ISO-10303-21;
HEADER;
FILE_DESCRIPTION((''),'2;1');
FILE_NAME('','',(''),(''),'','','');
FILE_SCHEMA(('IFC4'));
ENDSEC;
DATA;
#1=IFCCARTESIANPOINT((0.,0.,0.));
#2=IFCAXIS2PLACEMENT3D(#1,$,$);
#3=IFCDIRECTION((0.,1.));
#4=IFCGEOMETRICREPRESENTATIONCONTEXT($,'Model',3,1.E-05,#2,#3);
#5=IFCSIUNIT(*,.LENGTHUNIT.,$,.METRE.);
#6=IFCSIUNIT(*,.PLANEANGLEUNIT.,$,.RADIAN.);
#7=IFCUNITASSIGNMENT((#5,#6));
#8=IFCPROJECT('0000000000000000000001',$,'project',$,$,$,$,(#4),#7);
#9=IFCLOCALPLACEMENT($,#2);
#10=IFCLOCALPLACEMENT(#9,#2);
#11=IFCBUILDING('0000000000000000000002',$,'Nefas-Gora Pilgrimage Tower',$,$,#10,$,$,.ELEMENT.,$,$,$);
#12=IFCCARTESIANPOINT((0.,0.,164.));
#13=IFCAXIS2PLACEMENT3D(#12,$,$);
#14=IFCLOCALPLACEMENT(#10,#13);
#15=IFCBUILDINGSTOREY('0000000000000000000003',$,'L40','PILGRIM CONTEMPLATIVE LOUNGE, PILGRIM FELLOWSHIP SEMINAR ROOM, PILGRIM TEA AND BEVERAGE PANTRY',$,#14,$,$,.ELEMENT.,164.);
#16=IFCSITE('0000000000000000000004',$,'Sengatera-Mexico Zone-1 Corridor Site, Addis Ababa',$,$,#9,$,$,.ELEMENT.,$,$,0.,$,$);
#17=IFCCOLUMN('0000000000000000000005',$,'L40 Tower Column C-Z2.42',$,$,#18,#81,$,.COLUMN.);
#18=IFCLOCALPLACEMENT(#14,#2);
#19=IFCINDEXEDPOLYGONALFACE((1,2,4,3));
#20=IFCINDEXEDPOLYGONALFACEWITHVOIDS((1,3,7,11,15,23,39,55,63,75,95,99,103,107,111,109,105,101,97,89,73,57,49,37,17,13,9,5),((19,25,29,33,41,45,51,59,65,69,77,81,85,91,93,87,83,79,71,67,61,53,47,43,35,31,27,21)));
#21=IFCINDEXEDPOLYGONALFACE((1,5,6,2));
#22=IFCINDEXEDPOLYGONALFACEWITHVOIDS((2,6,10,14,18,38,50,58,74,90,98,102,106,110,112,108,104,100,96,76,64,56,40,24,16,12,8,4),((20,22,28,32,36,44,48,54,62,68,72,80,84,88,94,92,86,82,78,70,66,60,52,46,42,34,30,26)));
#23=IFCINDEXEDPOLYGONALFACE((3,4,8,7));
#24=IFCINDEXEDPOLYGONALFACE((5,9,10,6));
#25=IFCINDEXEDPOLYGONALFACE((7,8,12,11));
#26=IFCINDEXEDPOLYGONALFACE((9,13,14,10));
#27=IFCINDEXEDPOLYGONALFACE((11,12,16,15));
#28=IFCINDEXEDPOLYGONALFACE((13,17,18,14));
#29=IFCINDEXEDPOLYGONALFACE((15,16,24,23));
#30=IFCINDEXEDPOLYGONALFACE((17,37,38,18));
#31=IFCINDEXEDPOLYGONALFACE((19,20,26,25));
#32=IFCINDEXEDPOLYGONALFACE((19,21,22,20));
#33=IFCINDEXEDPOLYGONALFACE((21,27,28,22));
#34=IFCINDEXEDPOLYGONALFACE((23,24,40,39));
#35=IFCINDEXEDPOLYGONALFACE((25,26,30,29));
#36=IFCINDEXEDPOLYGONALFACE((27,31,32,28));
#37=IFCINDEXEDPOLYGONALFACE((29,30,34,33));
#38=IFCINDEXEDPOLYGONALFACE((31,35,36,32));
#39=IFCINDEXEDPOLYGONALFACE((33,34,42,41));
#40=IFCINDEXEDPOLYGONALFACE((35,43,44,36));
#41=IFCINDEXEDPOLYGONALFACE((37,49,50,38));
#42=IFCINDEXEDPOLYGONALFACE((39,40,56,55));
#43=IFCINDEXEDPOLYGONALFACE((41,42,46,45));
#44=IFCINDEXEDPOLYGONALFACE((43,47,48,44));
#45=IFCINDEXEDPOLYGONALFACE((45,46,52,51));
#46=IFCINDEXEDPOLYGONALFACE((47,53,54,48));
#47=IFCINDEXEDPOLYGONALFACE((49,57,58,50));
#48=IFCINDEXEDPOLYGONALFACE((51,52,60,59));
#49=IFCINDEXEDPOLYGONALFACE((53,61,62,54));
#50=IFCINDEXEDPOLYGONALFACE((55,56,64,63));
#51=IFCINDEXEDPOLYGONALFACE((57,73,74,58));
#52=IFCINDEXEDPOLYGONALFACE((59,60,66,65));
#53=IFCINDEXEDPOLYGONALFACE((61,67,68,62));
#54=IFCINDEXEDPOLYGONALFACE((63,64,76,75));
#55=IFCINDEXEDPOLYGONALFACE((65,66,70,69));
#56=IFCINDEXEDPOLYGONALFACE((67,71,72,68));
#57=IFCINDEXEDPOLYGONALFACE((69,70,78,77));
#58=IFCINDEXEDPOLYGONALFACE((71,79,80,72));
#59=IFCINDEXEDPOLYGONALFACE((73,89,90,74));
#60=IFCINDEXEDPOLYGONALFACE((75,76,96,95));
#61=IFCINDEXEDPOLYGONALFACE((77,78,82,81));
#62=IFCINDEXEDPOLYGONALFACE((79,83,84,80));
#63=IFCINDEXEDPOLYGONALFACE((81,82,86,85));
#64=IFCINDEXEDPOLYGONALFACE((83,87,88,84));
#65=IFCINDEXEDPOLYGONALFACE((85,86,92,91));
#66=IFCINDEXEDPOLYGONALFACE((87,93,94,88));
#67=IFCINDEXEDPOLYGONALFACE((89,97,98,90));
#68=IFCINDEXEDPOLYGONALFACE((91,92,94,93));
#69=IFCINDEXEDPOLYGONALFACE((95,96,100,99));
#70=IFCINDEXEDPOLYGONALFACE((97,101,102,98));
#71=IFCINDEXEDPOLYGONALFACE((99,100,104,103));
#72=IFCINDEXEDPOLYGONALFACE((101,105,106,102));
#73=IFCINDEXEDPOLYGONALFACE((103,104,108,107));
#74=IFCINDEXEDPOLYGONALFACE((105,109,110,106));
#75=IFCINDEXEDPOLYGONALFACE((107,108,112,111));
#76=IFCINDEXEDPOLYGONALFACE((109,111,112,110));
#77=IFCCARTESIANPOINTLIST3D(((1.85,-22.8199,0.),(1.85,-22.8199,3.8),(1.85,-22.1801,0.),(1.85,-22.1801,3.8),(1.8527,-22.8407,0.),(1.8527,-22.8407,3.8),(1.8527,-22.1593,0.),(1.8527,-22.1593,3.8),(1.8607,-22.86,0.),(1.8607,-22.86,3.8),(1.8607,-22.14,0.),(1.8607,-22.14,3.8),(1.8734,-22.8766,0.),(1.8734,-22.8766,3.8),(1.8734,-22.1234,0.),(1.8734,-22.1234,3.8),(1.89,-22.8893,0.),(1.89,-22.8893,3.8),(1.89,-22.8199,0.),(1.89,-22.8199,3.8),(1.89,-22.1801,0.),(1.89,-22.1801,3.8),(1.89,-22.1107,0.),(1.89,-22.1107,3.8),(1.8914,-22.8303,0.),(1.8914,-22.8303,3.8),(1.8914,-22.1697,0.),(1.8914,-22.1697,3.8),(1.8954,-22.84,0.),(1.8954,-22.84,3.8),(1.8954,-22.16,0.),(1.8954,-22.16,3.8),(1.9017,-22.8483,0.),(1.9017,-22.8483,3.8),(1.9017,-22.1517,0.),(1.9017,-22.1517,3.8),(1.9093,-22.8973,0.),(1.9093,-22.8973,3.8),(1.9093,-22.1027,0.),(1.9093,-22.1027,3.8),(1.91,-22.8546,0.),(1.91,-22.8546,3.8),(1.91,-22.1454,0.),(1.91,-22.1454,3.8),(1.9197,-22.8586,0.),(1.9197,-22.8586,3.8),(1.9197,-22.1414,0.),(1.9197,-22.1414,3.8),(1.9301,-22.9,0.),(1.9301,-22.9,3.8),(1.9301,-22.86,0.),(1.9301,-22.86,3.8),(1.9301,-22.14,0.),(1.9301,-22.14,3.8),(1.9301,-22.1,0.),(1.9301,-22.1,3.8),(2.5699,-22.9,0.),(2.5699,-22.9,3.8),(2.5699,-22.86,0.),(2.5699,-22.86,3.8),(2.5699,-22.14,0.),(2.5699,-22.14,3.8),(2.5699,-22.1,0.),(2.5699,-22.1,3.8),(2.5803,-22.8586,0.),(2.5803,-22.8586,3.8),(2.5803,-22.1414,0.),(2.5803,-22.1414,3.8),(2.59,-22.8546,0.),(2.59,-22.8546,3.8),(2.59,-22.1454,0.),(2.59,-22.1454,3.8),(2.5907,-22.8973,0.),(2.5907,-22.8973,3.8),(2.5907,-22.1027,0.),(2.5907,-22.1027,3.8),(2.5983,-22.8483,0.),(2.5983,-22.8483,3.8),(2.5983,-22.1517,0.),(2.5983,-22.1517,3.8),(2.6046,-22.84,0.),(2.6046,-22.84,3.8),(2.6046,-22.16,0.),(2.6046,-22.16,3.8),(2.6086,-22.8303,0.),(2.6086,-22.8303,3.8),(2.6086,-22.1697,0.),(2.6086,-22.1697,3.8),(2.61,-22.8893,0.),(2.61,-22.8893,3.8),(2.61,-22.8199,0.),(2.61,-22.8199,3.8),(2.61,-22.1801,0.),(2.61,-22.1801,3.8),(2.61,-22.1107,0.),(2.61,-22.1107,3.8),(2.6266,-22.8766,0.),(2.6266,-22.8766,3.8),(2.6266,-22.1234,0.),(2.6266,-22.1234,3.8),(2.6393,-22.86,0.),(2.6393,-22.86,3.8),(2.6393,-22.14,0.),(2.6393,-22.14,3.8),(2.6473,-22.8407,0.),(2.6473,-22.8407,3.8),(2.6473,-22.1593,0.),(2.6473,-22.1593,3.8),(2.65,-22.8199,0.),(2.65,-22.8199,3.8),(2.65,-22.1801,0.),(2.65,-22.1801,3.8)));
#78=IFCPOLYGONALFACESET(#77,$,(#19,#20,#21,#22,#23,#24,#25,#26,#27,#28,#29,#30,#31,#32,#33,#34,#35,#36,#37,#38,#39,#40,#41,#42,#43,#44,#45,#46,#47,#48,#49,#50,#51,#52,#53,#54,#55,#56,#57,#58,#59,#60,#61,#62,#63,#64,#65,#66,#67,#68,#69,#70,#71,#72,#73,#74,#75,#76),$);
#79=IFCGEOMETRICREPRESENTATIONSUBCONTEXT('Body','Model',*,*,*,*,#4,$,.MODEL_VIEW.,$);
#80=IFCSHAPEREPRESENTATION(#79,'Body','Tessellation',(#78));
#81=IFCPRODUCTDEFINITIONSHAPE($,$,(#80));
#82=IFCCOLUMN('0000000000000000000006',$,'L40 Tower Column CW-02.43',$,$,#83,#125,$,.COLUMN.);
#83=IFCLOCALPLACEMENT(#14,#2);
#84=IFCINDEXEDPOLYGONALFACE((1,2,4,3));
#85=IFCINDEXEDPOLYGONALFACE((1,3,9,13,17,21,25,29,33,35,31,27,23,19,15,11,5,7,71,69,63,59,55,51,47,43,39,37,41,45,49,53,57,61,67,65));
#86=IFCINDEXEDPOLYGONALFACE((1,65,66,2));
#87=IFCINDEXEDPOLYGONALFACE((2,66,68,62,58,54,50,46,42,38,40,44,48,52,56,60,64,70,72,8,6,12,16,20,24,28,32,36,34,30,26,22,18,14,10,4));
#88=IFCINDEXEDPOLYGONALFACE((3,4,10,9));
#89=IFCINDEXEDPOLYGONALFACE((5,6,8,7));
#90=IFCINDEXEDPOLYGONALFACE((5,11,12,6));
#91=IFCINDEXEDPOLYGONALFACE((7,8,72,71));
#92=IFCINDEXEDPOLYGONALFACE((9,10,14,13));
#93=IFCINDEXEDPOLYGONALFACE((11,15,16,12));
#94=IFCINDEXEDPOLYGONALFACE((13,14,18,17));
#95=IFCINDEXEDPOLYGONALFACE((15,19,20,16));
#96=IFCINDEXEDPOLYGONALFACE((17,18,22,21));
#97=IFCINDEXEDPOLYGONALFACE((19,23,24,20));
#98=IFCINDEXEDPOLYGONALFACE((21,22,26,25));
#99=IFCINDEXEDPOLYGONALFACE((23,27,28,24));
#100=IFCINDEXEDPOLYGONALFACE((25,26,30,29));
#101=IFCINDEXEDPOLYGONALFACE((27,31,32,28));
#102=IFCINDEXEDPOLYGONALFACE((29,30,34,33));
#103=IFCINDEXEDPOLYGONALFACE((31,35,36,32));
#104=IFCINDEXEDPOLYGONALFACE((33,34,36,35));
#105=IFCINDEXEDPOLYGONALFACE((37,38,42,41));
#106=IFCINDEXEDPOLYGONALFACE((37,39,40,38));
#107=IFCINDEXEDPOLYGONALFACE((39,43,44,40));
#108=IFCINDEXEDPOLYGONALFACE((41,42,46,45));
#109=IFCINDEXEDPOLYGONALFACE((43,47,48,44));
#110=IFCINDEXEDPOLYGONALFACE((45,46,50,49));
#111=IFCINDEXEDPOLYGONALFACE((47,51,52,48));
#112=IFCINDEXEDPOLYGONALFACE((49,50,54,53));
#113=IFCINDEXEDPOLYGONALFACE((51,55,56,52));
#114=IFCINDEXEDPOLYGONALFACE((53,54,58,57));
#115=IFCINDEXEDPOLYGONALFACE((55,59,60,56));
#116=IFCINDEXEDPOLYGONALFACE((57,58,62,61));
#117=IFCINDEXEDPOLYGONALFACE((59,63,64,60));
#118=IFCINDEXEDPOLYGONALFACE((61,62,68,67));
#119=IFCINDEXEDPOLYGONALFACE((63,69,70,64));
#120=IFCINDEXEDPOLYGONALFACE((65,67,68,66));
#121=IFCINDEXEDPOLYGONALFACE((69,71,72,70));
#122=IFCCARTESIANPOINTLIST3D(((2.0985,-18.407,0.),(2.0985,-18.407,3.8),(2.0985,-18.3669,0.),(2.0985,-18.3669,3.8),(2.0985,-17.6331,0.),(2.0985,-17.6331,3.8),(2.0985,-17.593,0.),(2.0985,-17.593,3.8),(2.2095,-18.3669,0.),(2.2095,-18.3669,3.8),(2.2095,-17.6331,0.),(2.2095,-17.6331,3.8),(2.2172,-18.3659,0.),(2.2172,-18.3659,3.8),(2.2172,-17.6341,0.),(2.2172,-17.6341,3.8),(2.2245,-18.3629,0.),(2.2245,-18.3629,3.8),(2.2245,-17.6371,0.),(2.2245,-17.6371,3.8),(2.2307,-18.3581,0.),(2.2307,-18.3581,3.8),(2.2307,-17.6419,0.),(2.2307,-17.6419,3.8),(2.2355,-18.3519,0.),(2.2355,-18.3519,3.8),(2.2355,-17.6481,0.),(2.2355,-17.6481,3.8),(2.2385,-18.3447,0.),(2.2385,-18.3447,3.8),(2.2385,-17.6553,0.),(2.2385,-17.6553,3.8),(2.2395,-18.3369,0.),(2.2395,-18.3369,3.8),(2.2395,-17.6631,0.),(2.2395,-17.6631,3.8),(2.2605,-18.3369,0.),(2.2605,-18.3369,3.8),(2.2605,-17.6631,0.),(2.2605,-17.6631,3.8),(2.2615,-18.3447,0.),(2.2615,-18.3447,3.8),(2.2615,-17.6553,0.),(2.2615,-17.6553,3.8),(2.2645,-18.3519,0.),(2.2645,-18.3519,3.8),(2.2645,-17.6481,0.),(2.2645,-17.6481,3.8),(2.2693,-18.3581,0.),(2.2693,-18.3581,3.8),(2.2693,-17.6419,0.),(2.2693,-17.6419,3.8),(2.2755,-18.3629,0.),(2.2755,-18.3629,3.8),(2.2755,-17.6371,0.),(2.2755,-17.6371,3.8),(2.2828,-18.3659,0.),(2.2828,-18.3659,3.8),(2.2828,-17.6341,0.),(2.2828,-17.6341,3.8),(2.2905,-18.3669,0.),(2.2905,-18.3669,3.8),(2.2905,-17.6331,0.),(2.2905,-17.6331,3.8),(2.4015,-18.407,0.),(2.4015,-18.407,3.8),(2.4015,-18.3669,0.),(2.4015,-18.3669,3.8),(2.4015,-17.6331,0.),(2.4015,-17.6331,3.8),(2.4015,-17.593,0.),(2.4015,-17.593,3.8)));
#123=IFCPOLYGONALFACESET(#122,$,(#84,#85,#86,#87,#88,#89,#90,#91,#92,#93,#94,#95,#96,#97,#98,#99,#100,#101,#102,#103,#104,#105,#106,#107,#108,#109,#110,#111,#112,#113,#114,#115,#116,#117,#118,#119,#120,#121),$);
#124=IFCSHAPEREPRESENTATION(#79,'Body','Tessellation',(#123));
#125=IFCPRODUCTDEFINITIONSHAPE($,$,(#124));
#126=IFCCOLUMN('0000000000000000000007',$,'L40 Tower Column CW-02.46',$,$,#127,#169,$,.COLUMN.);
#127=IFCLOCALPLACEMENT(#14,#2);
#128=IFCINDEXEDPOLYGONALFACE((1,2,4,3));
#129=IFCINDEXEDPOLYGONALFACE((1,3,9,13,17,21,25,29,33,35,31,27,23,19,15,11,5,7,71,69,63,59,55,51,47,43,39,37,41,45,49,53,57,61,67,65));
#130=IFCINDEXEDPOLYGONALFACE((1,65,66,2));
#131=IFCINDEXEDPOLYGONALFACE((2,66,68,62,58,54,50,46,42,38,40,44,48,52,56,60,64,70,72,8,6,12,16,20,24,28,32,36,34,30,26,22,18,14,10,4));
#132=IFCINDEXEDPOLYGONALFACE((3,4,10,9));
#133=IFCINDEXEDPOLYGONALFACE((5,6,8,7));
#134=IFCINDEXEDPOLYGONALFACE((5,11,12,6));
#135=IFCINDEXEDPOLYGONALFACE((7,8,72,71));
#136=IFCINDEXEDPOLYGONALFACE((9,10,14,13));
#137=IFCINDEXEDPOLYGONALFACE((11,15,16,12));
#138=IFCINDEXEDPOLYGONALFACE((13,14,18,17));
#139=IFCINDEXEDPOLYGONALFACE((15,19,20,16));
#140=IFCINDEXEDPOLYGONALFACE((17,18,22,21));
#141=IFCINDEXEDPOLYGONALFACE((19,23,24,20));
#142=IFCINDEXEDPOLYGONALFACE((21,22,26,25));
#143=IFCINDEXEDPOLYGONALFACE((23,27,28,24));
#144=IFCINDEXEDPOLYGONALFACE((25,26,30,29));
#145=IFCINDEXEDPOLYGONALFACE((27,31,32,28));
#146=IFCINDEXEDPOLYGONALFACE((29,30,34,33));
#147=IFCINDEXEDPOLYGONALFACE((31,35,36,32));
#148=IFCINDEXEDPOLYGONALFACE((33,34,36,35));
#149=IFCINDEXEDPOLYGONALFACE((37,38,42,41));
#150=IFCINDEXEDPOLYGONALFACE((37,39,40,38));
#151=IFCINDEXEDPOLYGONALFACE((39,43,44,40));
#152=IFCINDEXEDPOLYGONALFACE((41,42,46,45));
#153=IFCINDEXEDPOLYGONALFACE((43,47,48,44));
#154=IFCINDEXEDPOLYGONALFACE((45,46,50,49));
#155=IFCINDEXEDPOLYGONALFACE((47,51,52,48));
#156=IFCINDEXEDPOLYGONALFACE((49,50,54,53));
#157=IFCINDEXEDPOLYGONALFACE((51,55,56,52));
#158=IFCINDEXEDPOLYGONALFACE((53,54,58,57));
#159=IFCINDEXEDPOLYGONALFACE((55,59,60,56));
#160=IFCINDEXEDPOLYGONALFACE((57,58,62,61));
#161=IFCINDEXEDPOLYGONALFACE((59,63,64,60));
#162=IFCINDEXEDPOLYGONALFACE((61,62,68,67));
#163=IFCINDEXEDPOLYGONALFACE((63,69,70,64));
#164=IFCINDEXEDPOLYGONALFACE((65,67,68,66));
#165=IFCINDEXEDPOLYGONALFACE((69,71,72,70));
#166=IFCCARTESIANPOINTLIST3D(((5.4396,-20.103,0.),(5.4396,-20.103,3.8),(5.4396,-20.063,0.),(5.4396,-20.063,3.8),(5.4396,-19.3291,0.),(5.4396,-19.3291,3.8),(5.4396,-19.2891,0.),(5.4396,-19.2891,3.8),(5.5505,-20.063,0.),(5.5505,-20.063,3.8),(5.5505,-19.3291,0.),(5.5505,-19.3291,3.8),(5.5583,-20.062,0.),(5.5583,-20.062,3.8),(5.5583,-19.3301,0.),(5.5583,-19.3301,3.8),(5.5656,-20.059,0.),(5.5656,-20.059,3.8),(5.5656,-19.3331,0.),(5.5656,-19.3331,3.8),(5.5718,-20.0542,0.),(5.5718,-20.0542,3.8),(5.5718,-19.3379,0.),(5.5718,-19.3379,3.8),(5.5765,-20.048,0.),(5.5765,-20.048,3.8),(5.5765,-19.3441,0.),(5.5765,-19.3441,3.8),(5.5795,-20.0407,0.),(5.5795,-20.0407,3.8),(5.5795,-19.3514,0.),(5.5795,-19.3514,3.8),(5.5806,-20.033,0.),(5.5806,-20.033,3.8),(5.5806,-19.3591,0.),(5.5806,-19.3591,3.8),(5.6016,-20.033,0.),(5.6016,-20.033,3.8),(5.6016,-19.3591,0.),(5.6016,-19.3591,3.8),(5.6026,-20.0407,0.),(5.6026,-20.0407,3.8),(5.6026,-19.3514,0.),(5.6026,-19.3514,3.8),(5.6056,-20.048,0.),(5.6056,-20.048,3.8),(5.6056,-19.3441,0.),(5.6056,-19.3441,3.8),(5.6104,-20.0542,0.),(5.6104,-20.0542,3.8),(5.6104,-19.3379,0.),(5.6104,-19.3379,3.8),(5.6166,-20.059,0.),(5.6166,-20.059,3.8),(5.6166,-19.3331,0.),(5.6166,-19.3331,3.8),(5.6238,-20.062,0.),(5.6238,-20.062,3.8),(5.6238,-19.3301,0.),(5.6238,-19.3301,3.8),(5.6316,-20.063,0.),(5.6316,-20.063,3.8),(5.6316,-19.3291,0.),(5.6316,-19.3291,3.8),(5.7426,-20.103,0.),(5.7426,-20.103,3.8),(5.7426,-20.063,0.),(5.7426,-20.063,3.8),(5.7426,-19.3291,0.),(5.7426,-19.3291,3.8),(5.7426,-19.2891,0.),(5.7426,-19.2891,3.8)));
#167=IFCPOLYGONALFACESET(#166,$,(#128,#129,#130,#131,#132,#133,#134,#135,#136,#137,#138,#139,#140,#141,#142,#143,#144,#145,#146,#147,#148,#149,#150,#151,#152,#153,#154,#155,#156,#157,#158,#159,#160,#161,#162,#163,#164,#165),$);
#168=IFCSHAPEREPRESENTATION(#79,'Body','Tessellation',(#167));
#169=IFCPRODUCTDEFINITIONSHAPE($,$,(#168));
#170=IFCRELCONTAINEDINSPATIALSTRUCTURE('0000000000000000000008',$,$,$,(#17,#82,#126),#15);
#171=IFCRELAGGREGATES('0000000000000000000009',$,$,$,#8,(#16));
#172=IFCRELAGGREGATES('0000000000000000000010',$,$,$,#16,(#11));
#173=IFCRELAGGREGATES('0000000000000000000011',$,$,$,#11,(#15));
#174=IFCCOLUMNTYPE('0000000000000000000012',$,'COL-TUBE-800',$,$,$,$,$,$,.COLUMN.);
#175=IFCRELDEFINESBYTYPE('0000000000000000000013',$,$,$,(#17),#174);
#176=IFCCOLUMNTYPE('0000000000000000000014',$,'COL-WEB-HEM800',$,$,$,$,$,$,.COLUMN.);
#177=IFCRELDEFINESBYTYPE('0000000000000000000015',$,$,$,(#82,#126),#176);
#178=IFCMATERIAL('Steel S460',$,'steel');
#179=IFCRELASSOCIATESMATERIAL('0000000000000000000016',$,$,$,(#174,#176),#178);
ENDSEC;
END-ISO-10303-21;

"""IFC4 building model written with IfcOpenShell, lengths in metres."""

from ifc_helpers import new_model, si_unit, direction, frame, origin, origin_2d, place, context, subcontext, project, spatial, hollow_rectangle, i_section, extrude, source, transform, mapped, material, material_profile, profile_set, type_object, element, save


model = new_model("IFC4")

# Units and contexts
model_context = context("Model", 3, precision=1e-05, world=origin(), true_north=direction((0.0, 1.0)))
body_context = subcontext(model_context, "Body", "Model", "MODEL_VIEW")
ifc_project = project(units=[si_unit("LENGTHUNIT", "METRE"), si_unit("PLANEANGLEUNIT", "RADIAN")], contexts=[model_context])

# Site, building, storey
site_placement = place(None, origin())
site = spatial("IfcSite", under=ifc_project, at=site_placement, Name="Sengatera-Mexico Zone-1 Corridor Site, Addis Ababa", CompositionType="ELEMENT", RefElevation=0.0)
building_placement = place(site_placement, origin())
building = spatial("IfcBuilding", under=site, at=building_placement, Name="Nefas-Gora Pilgrimage Tower", CompositionType="ELEMENT")
storey_placement = place(building_placement, frame((0.0, 0.0, 164.0)))
storey = spatial("IfcBuildingStorey", under=building, at=storey_placement, Name="L40", Description="PILGRIM CONTEMPLATIVE LOUNGE, PILGRIM FELLOWSHIP SEMINAR ROOM, PILGRIM TEA AND BEVERAGE PANTRY", CompositionType="ELEMENT", Elevation=164.0)

# Columns
ifc_material_1 = material(Name="Steel S460", Category="steel")
ifc_material_profile_1 = material_profile(ifc_material_1, hollow_rectangle(XDim=0.8, YDim=0.8, WallThickness=0.04, InnerFilletRadius=0.04, OuterFilletRadius=0.0801, at=origin_2d()), Name="BOX 800x800x40")
ifc_profile_set_1 = profile_set([ifc_material_profile_1], Name="Steel S460")
column_type_1 = type_object("IfcColumnType", Name="COL-TUBE-800", PredefinedType="COLUMN", material=ifc_profile_set_1)
shared_shape_1 = source(origin(), body_context, "Body", "SweptSolid", [
    extrude(hollow_rectangle(XDim=0.8, YDim=0.8, WallThickness=0.04, InnerFilletRadius=0.04, OuterFilletRadius=0.0801, at=origin_2d()), origin(), (0.0, 0.0, 1.0), 3.8),
])
column_placement = place(storey_placement, frame((2.25, -22.5, 0.0), z_axis=(0.0, 0.0, 1.0), x_axis=(1.0, 0.0, 0.0)))
element("IfcColumn", 1, at=column_placement, inside=storey, type_object=column_type_1, Name="L40 Tower Column C-Z2.42", PredefinedType="COLUMN", context=body_context, shape_type="MappedRepresentation", body=[
    mapped(shared_shape_1, transform((0.0, 0.0, 0.0), x_axis=(1.0, 0.0, 0.0), y_axis=(0.0, 1.0, 0.0), z_axis=(0.0, 0.0, 1.0), scale=1.0)),
])
ifc_material_profile_2 = material_profile(ifc_material_1, i_section(OverallWidth=0.303, OverallDepth=0.814, WebThickness=0.021, FlangeThickness=0.04, FilletRadius=0.03, at=origin_2d()), Name="HEM 800")
ifc_profile_set_2 = profile_set([ifc_material_profile_2], Name="Steel S460")
column_type_2 = type_object("IfcColumnType", Name="COL-WEB-HEM800", PredefinedType="COLUMN", material=ifc_profile_set_2)
shared_shape_2 = source(origin(), body_context, "Body", "SweptSolid", [
    extrude(i_section(OverallWidth=0.303, OverallDepth=0.814, WebThickness=0.021, FlangeThickness=0.04, FilletRadius=0.03, at=origin_2d()), origin(), (0.0, 0.0, 1.0), 3.8),
])
for number, where, z_axis, x_axis, name in (
    (2, (2.25, -18.0, 0.0), (0.0, 0.0, 1.0), (1.0, 0.0, 0.0), "L40 Tower Column CW-02.43"),
    (3, (5.5911, -19.696, 0.0), (0.0, 0.0, 1.0), (1.0, 0.0, 0.0), "L40 Tower Column CW-02.46"),
):
    element("IfcColumn", number, at=place(storey_placement, frame(where, z_axis=z_axis, x_axis=x_axis)), inside=storey, type_object=column_type_2, Name=name, PredefinedType="COLUMN", context=body_context, shape_type="MappedRepresentation", body=[
        mapped(shared_shape_2, transform((0.0, 0.0, 0.0), x_axis=(1.0, 0.0, 0.0), y_axis=(0.0, 1.0, 0.0), z_axis=(0.0, 0.0, 1.0), scale=1.0)),
    ])

save(model, "model.ifc")
